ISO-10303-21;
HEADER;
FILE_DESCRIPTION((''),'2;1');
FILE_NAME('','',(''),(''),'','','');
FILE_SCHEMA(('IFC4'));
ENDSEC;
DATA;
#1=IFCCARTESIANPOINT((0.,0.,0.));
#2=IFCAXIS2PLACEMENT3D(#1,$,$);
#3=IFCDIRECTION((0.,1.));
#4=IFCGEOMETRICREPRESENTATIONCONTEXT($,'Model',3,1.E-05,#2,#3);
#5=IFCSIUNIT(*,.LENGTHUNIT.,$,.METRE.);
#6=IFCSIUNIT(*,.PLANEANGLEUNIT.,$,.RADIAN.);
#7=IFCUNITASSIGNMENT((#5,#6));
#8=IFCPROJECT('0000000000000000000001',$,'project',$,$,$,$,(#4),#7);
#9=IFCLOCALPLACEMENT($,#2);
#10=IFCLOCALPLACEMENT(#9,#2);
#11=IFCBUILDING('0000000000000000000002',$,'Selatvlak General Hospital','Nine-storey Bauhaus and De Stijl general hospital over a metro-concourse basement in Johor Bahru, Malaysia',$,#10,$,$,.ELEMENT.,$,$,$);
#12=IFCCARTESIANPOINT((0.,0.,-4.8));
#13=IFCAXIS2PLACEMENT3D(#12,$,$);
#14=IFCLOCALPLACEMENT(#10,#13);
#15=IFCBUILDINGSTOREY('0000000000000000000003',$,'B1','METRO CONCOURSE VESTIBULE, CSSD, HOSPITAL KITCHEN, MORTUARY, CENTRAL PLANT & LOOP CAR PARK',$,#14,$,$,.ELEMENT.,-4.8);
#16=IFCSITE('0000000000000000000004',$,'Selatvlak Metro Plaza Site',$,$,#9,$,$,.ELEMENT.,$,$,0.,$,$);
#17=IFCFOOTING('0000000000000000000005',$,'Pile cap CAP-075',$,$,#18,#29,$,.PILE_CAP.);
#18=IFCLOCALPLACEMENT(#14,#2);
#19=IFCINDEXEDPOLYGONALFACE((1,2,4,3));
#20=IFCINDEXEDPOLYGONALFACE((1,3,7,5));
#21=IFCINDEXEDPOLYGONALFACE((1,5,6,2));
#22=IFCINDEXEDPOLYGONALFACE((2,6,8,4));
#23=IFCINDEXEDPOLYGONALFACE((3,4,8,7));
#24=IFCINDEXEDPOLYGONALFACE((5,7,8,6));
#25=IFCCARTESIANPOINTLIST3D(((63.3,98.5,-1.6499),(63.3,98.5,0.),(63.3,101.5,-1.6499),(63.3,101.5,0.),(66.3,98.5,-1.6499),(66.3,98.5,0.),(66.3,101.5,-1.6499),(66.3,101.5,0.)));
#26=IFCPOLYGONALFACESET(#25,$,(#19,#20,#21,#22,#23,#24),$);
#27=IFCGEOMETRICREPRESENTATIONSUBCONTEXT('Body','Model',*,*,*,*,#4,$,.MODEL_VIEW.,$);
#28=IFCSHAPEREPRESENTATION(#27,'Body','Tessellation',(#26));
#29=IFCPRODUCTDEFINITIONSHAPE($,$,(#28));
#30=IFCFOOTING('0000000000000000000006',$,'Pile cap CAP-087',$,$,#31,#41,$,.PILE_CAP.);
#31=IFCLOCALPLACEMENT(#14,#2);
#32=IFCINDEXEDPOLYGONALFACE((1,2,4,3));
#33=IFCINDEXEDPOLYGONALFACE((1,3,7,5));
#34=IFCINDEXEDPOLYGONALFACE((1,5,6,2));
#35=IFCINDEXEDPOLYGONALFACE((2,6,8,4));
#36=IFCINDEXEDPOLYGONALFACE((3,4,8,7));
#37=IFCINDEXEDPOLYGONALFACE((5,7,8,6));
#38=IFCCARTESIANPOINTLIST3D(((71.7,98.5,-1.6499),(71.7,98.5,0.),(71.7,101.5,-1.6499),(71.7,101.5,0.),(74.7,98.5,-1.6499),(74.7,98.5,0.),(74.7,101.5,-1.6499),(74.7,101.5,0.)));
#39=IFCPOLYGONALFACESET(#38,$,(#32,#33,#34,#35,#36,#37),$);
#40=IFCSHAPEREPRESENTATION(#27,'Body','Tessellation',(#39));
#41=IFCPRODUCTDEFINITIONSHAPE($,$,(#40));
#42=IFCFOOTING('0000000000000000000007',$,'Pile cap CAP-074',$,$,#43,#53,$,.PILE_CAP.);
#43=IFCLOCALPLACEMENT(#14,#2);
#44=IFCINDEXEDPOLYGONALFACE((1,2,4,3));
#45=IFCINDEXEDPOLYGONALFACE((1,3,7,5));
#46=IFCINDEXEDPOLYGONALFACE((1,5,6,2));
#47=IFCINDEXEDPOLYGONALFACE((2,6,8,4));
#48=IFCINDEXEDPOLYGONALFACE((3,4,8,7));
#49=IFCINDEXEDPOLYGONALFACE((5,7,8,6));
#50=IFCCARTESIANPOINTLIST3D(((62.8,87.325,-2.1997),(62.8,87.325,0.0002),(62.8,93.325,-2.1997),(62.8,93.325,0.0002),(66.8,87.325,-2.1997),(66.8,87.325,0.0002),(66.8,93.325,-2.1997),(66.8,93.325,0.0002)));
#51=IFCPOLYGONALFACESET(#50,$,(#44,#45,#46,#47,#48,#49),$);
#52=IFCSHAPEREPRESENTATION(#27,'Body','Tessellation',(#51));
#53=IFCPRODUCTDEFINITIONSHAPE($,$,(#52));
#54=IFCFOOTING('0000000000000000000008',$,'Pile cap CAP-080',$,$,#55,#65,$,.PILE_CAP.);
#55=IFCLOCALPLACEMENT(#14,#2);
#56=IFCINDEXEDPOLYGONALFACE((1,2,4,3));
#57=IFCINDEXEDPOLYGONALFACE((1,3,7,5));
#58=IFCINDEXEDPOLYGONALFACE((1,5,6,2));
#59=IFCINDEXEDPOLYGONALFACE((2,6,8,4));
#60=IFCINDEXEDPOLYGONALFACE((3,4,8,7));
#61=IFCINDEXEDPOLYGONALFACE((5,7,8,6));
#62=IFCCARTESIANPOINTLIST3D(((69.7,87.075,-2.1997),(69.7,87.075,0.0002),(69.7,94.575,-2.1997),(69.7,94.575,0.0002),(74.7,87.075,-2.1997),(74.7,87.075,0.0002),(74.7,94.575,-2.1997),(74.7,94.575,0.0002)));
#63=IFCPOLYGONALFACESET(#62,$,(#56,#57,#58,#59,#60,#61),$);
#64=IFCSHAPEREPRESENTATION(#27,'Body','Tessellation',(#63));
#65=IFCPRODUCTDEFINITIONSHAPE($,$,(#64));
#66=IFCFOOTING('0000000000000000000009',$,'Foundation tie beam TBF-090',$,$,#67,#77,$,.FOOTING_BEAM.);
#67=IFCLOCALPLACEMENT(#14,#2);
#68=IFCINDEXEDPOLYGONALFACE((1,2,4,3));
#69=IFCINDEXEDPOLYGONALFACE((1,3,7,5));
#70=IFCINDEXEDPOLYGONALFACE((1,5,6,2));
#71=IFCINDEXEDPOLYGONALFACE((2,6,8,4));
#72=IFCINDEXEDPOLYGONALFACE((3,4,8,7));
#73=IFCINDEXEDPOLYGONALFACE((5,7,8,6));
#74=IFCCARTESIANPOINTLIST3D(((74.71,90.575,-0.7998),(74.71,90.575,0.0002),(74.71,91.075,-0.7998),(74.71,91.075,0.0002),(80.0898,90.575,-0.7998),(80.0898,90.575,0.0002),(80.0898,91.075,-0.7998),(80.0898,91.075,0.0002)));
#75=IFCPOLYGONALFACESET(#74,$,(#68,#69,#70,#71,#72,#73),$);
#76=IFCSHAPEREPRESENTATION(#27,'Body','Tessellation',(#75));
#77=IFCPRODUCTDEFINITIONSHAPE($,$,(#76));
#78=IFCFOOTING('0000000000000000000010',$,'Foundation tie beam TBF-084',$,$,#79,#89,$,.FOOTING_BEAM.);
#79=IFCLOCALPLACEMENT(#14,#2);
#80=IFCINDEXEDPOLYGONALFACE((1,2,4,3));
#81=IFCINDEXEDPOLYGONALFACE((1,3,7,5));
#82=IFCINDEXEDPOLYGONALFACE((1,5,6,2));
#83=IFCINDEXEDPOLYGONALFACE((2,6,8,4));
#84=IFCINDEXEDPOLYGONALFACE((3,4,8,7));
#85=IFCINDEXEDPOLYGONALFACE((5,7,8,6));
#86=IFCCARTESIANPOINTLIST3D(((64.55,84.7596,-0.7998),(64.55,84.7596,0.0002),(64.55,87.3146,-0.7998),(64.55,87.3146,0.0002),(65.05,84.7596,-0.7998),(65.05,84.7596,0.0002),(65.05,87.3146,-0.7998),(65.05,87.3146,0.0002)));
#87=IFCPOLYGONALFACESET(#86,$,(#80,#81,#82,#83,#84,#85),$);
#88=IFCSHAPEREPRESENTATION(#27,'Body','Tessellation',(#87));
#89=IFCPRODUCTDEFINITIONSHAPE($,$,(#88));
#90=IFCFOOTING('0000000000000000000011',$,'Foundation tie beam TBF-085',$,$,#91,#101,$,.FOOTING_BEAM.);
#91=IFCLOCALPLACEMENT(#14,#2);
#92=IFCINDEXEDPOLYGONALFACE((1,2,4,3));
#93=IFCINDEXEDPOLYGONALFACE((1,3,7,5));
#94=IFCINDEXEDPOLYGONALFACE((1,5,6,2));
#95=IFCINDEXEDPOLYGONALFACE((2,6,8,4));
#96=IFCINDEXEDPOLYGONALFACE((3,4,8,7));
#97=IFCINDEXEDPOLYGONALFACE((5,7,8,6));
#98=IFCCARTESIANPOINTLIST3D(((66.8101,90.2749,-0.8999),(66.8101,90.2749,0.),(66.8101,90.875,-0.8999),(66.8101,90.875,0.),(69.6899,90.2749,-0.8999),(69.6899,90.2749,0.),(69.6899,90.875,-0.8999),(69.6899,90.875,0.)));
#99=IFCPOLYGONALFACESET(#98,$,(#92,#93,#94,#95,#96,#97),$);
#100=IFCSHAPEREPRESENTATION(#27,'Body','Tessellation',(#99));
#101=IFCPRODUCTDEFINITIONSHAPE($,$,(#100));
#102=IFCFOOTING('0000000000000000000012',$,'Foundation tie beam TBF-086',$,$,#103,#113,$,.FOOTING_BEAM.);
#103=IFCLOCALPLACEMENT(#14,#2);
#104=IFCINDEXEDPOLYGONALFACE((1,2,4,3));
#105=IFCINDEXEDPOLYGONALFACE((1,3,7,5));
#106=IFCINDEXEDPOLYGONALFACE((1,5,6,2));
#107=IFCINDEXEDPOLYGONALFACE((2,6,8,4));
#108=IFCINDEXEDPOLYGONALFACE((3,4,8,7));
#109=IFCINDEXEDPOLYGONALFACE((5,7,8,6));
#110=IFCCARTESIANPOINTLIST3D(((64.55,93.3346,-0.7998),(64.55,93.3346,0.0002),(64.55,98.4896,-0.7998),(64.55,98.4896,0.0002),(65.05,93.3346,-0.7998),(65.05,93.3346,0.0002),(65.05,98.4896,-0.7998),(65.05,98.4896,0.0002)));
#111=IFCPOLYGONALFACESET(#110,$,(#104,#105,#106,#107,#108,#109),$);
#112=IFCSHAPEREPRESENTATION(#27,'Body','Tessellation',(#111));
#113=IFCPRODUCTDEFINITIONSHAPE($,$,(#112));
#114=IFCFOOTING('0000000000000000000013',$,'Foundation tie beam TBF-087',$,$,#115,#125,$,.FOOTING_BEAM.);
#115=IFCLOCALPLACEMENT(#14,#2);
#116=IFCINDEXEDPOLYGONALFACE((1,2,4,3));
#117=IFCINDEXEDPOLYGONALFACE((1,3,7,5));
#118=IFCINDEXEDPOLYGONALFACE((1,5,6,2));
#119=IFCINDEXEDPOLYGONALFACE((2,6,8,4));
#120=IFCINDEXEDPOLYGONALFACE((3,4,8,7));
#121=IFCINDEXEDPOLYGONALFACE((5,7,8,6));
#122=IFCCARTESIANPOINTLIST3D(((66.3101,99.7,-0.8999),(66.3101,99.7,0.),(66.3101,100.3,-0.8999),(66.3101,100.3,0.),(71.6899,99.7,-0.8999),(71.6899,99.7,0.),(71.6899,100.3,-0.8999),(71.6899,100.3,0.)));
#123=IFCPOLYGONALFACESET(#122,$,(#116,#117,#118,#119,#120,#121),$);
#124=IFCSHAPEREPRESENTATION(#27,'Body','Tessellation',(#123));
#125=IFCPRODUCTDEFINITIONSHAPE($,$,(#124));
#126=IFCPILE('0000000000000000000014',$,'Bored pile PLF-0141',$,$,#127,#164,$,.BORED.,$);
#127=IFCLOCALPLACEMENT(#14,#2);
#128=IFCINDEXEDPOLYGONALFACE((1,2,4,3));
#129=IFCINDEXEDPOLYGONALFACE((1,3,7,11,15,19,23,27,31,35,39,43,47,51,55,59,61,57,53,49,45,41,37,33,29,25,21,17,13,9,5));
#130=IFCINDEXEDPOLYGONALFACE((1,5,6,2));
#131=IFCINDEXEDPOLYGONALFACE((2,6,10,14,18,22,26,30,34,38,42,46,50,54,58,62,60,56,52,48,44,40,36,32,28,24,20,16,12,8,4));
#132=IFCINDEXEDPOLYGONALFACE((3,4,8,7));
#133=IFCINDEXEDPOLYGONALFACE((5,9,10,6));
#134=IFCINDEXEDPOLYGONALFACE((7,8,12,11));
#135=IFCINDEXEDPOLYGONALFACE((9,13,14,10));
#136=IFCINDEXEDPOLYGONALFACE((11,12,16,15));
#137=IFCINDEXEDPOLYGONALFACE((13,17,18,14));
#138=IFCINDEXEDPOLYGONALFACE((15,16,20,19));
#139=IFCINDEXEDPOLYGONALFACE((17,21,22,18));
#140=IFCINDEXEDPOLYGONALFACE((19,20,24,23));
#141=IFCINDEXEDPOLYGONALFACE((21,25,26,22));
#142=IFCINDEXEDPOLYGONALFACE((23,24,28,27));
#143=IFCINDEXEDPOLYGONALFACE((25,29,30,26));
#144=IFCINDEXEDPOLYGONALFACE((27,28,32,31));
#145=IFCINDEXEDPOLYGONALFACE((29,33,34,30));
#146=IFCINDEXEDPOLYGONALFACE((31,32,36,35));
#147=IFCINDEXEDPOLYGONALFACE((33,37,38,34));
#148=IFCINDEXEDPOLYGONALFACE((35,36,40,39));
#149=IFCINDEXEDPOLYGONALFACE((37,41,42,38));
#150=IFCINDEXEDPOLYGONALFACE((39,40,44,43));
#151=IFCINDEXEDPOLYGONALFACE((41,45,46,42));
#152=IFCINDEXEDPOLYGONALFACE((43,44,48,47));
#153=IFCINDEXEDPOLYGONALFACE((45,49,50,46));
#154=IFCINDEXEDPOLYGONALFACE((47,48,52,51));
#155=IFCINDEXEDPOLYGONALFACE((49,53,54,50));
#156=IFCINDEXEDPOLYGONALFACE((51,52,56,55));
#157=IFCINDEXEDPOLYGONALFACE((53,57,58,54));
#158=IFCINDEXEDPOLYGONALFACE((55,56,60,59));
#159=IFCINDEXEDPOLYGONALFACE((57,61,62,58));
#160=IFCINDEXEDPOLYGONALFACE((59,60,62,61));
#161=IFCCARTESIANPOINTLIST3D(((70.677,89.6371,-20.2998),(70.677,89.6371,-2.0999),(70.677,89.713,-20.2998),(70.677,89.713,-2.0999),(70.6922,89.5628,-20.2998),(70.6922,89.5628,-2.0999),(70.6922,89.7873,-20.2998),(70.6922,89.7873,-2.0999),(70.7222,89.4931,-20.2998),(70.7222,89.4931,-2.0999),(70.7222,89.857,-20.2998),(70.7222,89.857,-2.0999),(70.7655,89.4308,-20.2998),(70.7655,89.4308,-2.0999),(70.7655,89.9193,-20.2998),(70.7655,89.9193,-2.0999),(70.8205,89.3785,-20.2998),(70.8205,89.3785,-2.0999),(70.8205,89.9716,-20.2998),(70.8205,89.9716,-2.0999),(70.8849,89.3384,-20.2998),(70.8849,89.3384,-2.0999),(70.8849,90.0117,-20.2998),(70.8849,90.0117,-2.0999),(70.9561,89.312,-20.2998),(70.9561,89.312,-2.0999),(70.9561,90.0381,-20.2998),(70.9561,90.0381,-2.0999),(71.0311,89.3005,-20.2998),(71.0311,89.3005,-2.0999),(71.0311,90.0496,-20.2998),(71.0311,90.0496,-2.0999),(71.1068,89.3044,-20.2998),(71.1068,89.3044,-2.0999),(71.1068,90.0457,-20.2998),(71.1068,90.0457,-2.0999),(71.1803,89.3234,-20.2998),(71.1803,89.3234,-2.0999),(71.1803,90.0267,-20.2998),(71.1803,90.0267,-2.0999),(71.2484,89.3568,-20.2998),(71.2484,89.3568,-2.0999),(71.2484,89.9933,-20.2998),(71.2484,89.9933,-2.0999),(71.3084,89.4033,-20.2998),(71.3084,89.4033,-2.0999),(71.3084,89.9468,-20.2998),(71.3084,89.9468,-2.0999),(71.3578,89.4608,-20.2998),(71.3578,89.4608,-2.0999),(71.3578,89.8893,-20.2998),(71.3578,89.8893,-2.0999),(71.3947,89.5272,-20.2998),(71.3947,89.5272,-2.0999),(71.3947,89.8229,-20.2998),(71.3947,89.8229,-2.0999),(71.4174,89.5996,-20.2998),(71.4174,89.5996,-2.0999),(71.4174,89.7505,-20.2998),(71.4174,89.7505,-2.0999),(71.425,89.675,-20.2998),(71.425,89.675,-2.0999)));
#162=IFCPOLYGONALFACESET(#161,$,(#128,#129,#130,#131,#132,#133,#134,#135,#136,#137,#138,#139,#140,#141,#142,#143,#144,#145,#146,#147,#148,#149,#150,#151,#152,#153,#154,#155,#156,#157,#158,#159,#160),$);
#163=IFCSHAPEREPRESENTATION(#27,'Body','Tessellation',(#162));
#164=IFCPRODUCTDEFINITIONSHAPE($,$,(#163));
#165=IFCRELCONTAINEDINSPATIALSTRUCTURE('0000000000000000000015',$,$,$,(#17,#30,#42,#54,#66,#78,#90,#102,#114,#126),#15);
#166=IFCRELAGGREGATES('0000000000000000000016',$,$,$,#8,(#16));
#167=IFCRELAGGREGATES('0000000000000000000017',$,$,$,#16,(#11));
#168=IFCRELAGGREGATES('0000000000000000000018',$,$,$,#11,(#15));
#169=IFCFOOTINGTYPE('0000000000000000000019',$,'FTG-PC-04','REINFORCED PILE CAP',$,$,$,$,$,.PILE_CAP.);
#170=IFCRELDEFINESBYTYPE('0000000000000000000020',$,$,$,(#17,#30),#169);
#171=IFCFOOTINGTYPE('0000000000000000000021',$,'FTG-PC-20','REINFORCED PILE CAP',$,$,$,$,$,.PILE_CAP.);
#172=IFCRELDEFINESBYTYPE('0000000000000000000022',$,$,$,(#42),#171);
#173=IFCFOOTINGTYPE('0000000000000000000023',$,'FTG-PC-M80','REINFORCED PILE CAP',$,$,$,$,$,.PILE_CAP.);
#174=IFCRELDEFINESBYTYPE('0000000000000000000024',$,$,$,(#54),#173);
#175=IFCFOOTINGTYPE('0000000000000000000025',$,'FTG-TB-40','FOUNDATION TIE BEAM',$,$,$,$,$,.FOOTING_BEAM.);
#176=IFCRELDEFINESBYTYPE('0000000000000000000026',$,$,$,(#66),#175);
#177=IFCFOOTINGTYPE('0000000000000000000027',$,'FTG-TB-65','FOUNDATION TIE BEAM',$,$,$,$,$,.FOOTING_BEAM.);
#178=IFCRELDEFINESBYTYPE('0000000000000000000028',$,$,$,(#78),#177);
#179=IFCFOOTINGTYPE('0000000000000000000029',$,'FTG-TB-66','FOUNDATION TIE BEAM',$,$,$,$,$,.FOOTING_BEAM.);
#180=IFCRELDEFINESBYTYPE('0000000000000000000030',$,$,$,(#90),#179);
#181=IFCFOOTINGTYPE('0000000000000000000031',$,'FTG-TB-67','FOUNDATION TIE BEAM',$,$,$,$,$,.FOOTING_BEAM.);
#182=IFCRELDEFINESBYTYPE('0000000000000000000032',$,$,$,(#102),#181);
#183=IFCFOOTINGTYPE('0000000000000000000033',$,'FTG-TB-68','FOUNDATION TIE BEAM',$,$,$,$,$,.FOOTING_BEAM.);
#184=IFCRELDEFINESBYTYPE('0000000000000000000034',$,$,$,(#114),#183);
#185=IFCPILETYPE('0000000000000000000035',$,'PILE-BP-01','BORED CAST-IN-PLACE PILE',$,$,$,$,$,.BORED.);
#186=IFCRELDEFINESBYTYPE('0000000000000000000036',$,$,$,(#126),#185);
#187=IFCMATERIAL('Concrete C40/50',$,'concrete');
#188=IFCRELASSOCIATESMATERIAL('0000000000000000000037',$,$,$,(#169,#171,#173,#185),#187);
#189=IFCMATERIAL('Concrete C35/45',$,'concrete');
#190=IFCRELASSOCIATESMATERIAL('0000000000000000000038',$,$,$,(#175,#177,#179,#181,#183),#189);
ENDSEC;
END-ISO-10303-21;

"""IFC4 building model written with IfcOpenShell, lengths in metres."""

from ifc_helpers import new_model, si_unit, direction, frame, origin, origin_2d, place, context, subcontext, project, spatial, rectangle, circle, extrude, material, material_profile, profile_set, type_object, element, save


model = new_model("IFC4")

# Units and contexts
model_context = context("Model", 3, precision=1e-05, world=origin(), true_north=direction((0.0, 1.0)))
body_context = subcontext(model_context, "Body", "Model", "MODEL_VIEW")
ifc_project = project(units=[si_unit("LENGTHUNIT", "METRE"), si_unit("PLANEANGLEUNIT", "RADIAN")], contexts=[model_context])

# Site, building, storey
site_placement = place(None, origin())
site = spatial("IfcSite", under=ifc_project, at=site_placement, Name="Selatvlak Metro Plaza Site", CompositionType="ELEMENT", RefElevation=0.0)
building_placement = place(site_placement, origin())
building = spatial("IfcBuilding", under=site, at=building_placement, Name="Selatvlak General Hospital", Description="Nine-storey Bauhaus and De Stijl general hospital over a metro-concourse basement in Johor Bahru, Malaysia", CompositionType="ELEMENT")
storey_placement = place(building_placement, frame((0.0, 0.0, -4.8)))
storey = spatial("IfcBuildingStorey", under=building, at=storey_placement, Name="B1", Description="METRO CONCOURSE VESTIBULE, CSSD, HOSPITAL KITCHEN, MORTUARY, CENTRAL PLANT & LOOP CAR PARK", CompositionType="ELEMENT", Elevation=-4.8)

# Footings
ifc_material_1 = material(Name="Concrete C40/50", Category="concrete")
footing_type_1 = type_object("IfcFootingType", Name="FTG-PC-04", Description="REINFORCED PILE CAP", PredefinedType="PILE_CAP", material=ifc_material_1)
for number, where, z_axis, x_axis, name in (
    (1, (64.8, 100.0, -1.6499), (0.0, 0.0, 1.0), (1.0, 0.0, 0.0), "Pile cap CAP-075"),
    (2, (73.2, 100.0, -1.6499), (0.0, 0.0, 1.0), (1.0, 0.0, 0.0), "Pile cap CAP-087"),
):
    element("IfcFooting", number, at=place(storey_placement, frame(where, z_axis=z_axis, x_axis=x_axis)), inside=storey, type_object=footing_type_1, Name=name, PredefinedType="PILE_CAP", context=body_context, shape_type="SweptSolid", body=[
        extrude(rectangle(XDim=3.0, YDim=3.0, at=origin_2d()), origin(), (0.0, 0.0, 1.0), 1.6499),
    ])
footing_type_2 = type_object("IfcFootingType", Name="FTG-PC-20", Description="REINFORCED PILE CAP", PredefinedType="PILE_CAP", material=ifc_material_1)
footing_1_placement = place(storey_placement, frame((64.8, 90.325, -2.1997), z_axis=(0.0, 0.0, 1.0), x_axis=(1.0, 0.0, 0.0)))
element("IfcFooting", 3, at=footing_1_placement, inside=storey, type_object=footing_type_2, Name="Pile cap CAP-074", PredefinedType="PILE_CAP", context=body_context, shape_type="SweptSolid", body=[
    extrude(rectangle(XDim=4.0, YDim=6.0, at=origin_2d()), origin(), (0.0, 0.0, 1.0), 2.2),
])
footing_type_3 = type_object("IfcFootingType", Name="FTG-PC-M80", Description="REINFORCED PILE CAP", PredefinedType="PILE_CAP", material=ifc_material_1)
footing_2_placement = place(storey_placement, frame((72.2, 90.825, -2.1997), z_axis=(0.0, 0.0, 1.0), x_axis=(1.0, 0.0, 0.0)))
element("IfcFooting", 4, at=footing_2_placement, inside=storey, type_object=footing_type_3, Name="Pile cap CAP-080", PredefinedType="PILE_CAP", context=body_context, shape_type="SweptSolid", body=[
    extrude(rectangle(XDim=5.0, YDim=7.5, at=origin_2d()), origin(), (0.0, 0.0, 1.0), 2.2),
])
ifc_material_2 = material(Name="Concrete C35/45", Category="concrete")
footing_type_4 = type_object("IfcFootingType", Name="FTG-TB-40", Description="FOUNDATION TIE BEAM", PredefinedType="FOOTING_BEAM", material=ifc_material_2)
footing_3_placement = place(storey_placement, frame((77.3999, 90.825, -0.7998), z_axis=(0.0, 0.0, 1.0), x_axis=(1.0, 0.0, 0.0)))
element("IfcFooting", 5, at=footing_3_placement, inside=storey, type_object=footing_type_4, Name="Foundation tie beam TBF-090", PredefinedType="FOOTING_BEAM", context=body_context, shape_type="SweptSolid", body=[
    extrude(rectangle(XDim=5.3799, YDim=0.5, at=origin_2d()), origin(), (0.0, 0.0, 1.0), 0.8),
])
footing_type_5 = type_object("IfcFootingType", Name="FTG-TB-65", Description="FOUNDATION TIE BEAM", PredefinedType="FOOTING_BEAM", material=ifc_material_2)
footing_4_placement = place(storey_placement, frame((64.8, 86.0371, -0.7998), z_axis=(0.0, 0.0, 1.0), x_axis=(0.0, 1.0, 0.0)))
element("IfcFooting", 6, at=footing_4_placement, inside=storey, type_object=footing_type_5, Name="Foundation tie beam TBF-084", PredefinedType="FOOTING_BEAM", context=body_context, shape_type="SweptSolid", body=[
    extrude(rectangle(XDim=2.5549, YDim=0.5, at=origin_2d()), origin(), (0.0, 0.0, 1.0), 0.8),
])
footing_type_6 = type_object("IfcFootingType", Name="FTG-TB-66", Description="FOUNDATION TIE BEAM", PredefinedType="FOOTING_BEAM", material=ifc_material_2)
footing_5_placement = place(storey_placement, frame((68.25, 90.575, -0.8999), z_axis=(0.0, 0.0, 1.0), x_axis=(1.0, 0.0, 0.0)))
element("IfcFooting", 7, at=footing_5_placement, inside=storey, type_object=footing_type_6, Name="Foundation tie beam TBF-085", PredefinedType="FOOTING_BEAM", context=body_context, shape_type="SweptSolid", body=[
    extrude(rectangle(XDim=2.8799, YDim=0.6001, at=origin_2d()), origin(), (0.0, 0.0, 1.0), 0.8999),
])
footing_type_7 = type_object("IfcFootingType", Name="FTG-TB-67", Description="FOUNDATION TIE BEAM", PredefinedType="FOOTING_BEAM", material=ifc_material_2)
footing_6_placement = place(storey_placement, frame((64.8, 95.9121, -0.7998), z_axis=(0.0, 0.0, 1.0), x_axis=(0.0, 1.0, 0.0)))
element("IfcFooting", 8, at=footing_6_placement, inside=storey, type_object=footing_type_7, Name="Foundation tie beam TBF-086", PredefinedType="FOOTING_BEAM", context=body_context, shape_type="SweptSolid", body=[
    extrude(rectangle(XDim=5.155, YDim=0.5, at=origin_2d()), origin(), (0.0, 0.0, 1.0), 0.8),
])
footing_type_8 = type_object("IfcFootingType", Name="FTG-TB-68", Description="FOUNDATION TIE BEAM", PredefinedType="FOOTING_BEAM", material=ifc_material_2)
footing_7_placement = place(storey_placement, frame((69.0, 100.0, -0.8999), z_axis=(0.0, 0.0, 1.0), x_axis=(1.0, 0.0, 0.0)))
element("IfcFooting", 9, at=footing_7_placement, inside=storey, type_object=footing_type_8, Name="Foundation tie beam TBF-087", PredefinedType="FOOTING_BEAM", context=body_context, shape_type="SweptSolid", body=[
    extrude(rectangle(XDim=5.3799, YDim=0.6001, at=origin_2d()), origin(), (0.0, 0.0, 1.0), 0.8999),
])

# Pile
ifc_material_profile_1 = material_profile(ifc_material_1, circle(Radius=0.375, at=origin_2d()), Name="BORED PILE 750")
ifc_profile_set_1 = profile_set([ifc_material_profile_1], Name="Concrete C40/50")
pile_type_1 = type_object("IfcPileType", Name="PILE-BP-01", Description="BORED CAST-IN-PLACE PILE", PredefinedType="BORED", material=ifc_profile_set_1)
for number, where, z_axis, x_axis, name in (
    (10, (71.05, 89.675, -2.0999), (0.0, 0.0, -1.0), (1.0, 0.0, 0.0), "Bored pile PLF-0141"),
):
    element("IfcPile", number, at=place(storey_placement, frame(where, z_axis=z_axis, x_axis=x_axis)), inside=storey, type_object=pile_type_1, Name=name, PredefinedType="BORED", context=body_context, shape_type="SweptSolid", body=[
        extrude(circle(Radius=0.375, at=origin_2d()), origin(), (0.0, 0.0, 1.0), 18.2),
    ])

save(model, "model.ifc")
